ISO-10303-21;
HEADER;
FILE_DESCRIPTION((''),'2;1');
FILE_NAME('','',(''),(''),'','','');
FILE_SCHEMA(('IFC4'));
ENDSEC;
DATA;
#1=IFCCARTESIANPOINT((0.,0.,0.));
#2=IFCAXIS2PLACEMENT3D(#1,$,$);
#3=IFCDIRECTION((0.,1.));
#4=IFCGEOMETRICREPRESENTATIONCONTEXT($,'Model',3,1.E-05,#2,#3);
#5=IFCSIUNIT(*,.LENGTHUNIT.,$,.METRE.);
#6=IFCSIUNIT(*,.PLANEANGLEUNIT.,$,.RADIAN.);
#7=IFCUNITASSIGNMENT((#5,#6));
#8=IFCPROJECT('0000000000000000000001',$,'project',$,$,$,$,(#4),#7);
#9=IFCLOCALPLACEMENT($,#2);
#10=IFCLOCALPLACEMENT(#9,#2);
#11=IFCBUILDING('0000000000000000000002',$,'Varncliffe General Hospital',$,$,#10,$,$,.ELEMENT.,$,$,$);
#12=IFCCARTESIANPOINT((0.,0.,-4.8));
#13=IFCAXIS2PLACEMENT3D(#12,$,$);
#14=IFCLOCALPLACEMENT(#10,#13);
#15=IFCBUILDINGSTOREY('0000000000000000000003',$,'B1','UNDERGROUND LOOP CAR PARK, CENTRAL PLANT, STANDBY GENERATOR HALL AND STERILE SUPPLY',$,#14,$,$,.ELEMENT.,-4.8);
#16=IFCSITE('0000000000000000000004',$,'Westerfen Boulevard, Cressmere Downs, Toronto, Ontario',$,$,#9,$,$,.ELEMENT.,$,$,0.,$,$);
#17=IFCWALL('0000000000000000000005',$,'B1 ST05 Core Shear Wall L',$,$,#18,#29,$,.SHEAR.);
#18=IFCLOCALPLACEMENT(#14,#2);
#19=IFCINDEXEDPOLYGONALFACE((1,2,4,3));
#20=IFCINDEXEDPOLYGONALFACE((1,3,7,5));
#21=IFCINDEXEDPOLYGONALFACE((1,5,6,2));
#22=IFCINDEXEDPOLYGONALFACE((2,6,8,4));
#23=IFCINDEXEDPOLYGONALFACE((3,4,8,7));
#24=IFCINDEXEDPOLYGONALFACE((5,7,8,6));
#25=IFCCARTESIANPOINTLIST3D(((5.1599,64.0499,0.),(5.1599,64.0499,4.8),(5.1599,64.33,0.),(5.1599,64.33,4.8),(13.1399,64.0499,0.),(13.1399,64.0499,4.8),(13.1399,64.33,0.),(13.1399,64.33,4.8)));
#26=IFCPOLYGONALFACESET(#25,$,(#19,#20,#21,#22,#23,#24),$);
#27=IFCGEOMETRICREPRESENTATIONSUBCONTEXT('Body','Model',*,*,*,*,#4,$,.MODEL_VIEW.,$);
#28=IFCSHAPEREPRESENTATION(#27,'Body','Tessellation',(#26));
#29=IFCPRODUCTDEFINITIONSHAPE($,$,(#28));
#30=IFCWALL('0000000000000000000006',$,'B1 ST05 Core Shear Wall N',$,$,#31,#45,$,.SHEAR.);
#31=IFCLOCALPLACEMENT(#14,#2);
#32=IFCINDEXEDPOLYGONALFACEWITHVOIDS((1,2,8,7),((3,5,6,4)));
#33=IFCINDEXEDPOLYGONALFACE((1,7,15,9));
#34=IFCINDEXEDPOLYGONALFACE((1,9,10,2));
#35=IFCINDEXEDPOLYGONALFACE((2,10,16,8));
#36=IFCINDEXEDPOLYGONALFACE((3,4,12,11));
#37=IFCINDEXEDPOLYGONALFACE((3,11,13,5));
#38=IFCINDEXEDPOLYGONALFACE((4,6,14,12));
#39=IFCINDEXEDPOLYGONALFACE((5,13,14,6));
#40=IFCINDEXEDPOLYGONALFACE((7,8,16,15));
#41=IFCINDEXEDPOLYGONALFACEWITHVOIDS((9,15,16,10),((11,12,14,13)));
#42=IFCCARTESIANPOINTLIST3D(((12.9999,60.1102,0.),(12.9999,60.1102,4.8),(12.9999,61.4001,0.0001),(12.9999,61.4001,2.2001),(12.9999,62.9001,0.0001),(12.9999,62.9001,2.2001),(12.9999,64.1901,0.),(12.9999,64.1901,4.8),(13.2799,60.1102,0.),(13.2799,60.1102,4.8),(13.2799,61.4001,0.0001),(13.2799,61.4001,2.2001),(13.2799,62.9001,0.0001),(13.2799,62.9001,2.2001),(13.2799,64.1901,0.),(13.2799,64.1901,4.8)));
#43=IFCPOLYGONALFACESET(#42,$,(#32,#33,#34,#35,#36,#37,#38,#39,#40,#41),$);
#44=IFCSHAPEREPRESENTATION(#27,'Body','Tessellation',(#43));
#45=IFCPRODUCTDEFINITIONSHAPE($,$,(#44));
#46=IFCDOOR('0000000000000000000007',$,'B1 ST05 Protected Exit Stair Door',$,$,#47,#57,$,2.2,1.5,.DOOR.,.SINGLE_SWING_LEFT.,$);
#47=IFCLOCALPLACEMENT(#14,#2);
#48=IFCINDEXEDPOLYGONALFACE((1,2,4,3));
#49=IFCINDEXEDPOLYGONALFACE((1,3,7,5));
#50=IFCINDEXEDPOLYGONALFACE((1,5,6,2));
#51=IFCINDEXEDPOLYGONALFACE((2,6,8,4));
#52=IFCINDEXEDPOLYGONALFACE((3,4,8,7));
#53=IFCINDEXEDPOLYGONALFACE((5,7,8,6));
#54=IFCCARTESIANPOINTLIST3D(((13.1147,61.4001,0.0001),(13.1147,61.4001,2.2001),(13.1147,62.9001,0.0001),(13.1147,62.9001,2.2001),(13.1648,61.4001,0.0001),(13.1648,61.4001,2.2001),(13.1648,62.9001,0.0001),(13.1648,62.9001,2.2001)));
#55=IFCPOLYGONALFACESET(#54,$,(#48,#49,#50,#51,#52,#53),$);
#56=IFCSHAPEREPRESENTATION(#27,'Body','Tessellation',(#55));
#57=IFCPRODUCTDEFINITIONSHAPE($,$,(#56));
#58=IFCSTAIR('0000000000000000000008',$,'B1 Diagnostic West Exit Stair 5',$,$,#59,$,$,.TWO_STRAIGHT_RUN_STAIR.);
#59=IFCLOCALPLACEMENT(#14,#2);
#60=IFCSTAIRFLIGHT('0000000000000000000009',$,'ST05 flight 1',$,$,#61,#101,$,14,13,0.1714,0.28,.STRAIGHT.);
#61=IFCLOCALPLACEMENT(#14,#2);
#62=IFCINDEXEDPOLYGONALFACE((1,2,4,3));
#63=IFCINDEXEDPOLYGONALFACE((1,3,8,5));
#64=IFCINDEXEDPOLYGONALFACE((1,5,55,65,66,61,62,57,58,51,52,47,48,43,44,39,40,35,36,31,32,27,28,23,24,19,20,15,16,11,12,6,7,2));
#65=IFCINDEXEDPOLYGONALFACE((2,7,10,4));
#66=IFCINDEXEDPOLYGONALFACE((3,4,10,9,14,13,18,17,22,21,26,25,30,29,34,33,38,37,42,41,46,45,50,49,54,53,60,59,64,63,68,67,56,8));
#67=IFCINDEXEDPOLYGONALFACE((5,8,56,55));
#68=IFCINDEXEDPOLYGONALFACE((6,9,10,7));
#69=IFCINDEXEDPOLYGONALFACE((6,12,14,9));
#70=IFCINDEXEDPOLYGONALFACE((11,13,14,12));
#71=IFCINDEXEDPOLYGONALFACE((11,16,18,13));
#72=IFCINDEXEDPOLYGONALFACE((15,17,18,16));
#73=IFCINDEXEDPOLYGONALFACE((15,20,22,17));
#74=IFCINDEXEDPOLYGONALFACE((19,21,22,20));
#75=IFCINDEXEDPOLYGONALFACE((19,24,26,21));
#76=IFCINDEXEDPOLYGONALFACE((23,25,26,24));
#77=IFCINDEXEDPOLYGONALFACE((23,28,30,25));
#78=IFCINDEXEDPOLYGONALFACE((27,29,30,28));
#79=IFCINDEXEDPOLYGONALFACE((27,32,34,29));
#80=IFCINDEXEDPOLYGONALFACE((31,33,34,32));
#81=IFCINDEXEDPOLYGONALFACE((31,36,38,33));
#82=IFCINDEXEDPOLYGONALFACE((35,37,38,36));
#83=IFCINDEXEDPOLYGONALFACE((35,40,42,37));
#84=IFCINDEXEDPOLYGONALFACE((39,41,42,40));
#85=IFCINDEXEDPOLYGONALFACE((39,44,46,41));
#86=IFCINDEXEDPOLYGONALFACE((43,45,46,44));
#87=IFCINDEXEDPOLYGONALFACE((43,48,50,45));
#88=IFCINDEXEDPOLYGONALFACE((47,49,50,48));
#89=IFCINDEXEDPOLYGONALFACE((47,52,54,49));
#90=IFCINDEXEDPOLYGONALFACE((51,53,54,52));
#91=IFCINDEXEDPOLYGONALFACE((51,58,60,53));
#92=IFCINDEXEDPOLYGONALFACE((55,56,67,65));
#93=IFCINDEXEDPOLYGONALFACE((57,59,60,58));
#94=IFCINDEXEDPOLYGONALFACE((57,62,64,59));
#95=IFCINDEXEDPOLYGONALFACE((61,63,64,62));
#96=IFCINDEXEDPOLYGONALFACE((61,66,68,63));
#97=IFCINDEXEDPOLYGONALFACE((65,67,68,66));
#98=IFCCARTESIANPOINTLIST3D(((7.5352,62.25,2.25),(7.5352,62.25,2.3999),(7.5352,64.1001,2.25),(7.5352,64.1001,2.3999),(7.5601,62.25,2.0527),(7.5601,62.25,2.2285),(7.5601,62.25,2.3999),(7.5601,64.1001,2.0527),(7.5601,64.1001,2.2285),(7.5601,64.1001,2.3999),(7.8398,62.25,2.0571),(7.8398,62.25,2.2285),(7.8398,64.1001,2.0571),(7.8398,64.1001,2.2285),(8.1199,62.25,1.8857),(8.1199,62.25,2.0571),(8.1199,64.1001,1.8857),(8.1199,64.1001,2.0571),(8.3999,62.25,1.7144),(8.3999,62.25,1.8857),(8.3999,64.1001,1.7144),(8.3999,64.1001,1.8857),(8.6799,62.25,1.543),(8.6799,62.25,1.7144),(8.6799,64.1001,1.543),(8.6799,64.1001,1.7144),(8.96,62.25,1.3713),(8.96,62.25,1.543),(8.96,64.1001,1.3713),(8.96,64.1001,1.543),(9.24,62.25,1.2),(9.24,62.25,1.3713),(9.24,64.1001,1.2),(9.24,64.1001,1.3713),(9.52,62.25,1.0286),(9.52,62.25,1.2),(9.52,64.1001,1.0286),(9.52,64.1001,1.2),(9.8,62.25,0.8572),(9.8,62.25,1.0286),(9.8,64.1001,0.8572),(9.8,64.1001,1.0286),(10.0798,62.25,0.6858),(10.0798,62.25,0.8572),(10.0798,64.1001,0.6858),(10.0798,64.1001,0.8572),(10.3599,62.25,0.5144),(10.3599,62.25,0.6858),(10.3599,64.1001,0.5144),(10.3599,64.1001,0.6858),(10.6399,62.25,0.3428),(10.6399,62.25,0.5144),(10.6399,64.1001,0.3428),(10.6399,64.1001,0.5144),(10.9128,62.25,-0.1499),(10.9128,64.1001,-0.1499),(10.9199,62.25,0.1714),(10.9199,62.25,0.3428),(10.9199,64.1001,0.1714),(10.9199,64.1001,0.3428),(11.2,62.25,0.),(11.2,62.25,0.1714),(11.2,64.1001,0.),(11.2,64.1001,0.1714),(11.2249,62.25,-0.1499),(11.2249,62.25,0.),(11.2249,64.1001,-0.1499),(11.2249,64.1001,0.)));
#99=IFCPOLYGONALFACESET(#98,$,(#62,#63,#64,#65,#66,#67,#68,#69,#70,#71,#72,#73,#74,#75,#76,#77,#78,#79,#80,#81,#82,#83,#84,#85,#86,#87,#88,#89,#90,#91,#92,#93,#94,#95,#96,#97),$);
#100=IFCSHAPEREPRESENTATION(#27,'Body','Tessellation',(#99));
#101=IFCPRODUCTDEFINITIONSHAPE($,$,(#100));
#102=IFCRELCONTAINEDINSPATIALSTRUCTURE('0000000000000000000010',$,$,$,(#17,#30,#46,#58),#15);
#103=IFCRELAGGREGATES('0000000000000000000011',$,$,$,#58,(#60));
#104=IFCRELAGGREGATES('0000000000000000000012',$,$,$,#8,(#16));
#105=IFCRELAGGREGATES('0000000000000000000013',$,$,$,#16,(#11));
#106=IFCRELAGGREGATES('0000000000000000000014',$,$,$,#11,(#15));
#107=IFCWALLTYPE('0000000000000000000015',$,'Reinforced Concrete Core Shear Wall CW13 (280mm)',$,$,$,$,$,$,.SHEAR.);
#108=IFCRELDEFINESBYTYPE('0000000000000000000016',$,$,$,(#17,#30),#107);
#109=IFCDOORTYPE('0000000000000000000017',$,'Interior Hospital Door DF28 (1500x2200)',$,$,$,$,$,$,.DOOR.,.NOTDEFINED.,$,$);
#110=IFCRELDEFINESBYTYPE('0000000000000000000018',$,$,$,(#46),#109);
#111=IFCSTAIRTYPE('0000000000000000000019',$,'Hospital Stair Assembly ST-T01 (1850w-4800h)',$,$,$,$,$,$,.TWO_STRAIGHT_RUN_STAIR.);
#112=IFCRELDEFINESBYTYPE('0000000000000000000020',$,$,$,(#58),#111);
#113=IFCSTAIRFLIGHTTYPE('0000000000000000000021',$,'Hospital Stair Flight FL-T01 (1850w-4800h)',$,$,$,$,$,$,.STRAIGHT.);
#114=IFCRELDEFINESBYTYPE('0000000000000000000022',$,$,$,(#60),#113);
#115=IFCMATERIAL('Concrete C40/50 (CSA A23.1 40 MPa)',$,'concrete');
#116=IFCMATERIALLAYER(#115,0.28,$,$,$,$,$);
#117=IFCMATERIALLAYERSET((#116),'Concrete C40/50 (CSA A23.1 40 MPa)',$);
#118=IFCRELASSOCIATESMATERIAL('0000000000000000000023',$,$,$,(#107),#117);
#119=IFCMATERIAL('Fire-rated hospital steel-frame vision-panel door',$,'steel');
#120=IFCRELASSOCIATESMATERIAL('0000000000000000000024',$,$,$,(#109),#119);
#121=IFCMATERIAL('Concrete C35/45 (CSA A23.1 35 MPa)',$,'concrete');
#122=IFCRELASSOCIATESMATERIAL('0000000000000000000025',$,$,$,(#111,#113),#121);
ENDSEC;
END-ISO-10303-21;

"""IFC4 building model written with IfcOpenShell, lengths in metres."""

from ifc_helpers import new_model, si_unit, direction, frame, frame_2d, origin, place, context, subcontext, project, spatial, polyline, rectangle, outline, extrude, material, layer, layer_set, type_object, element, fill, aggregate, save


model = new_model("IFC4")

# Units and contexts
model_context = context("Model", 3, precision=1e-05, world=origin(), true_north=direction((0.0, 1.0)))
body_context = subcontext(model_context, "Body", "Model", "MODEL_VIEW")
ifc_project = project(units=[si_unit("LENGTHUNIT", "METRE"), si_unit("PLANEANGLEUNIT", "RADIAN")], contexts=[model_context])

# Site, building, storey
site_placement = place(None, origin())
site = spatial("IfcSite", under=ifc_project, at=site_placement, Name="Westerfen Boulevard, Cressmere Downs, Toronto, Ontario", CompositionType="ELEMENT", RefElevation=0.0)
building_placement = place(site_placement, origin())
building = spatial("IfcBuilding", under=site, at=building_placement, Name="Varncliffe General Hospital", CompositionType="ELEMENT")
storey_placement = place(building_placement, frame((0.0, 0.0, -4.8)))
storey = spatial("IfcBuildingStorey", under=building, at=storey_placement, Name="B1", Description="UNDERGROUND LOOP CAR PARK, CENTRAL PLANT, STANDBY GENERATOR HALL AND STERILE SUPPLY", CompositionType="ELEMENT", Elevation=-4.8)

# Shared definitions
ifc_material_1 = material(Name="Concrete C40/50 (CSA A23.1 40 MPa)", Category="concrete")

# Shared definitions
ifc_material_2 = material(Name="Concrete C35/45 (CSA A23.1 35 MPa)", Category="concrete")

# Wall
ifc_layer_1 = layer(ifc_material_1, 0.28)
ifc_layer_set_1 = layer_set([ifc_layer_1], Name="Concrete C40/50 (CSA A23.1 40 MPa)")
wall_type_1 = type_object("IfcWallType", Name="Reinforced Concrete Core Shear Wall CW13 (280mm)", PredefinedType="SHEAR", material=ifc_layer_set_1)
wall_1_placement = place(storey_placement, frame((13.1399, 64.1899, 0.0), z_axis=(0.0, 0.0, 1.0), x_axis=(-1.0, 0.0, 0.0)))
element("IfcWall", 1, at=wall_1_placement, inside=storey, type_object=wall_type_1, Name="B1 ST05 Core Shear Wall L", PredefinedType="SHEAR", context=body_context, shape_type="SweptSolid", body=[
    extrude(rectangle(XDim=7.98, YDim=0.28, at=frame_2d((3.99, 0.0))), origin(), (0.0, 0.0, 1.0), 4.8),
])

# Wall, opening, door
wall_2_placement = place(storey_placement, frame((13.1399, 60.1101, 0.0), z_axis=(0.0, 0.0, 1.0), x_axis=(0.0, 1.0, 0.0)))
wall_2 = element("IfcWall", 2, at=wall_2_placement, inside=storey, type_object=wall_type_1, Name="B1 ST05 Core Shear Wall N", PredefinedType="SHEAR", context=body_context, shape_type="SweptSolid", body=[
    extrude(rectangle(XDim=4.0798, YDim=0.28, at=frame_2d((2.04, 0.0))), origin(), (0.0, 0.0, 1.0), 4.8),
])
opening_1_placement = place(wall_2_placement, frame((1.29, 0.0, 0.0)))
opening_1 = element("IfcOpeningElement", 3, at=opening_1_placement, cuts=wall_2, PredefinedType="OPENING", context=body_context, shape_type="SweptSolid", body=[
    extrude(rectangle(XDim=1.5, YDim=2.2, at=frame_2d((0.75, 1.1001))), frame((0.0, 0.1499, 0.0), z_axis=(0.0, -1.0, 0.0), x_axis=(1.0, 0.0, 0.0)), (0.0, 0.0, 1.0), 0.3),
])
ifc_material_3 = material(Name="Fire-rated hospital steel-frame vision-panel door", Category="steel")
door_type_1 = type_object("IfcDoorType", Name="Interior Hospital Door DF28 (1500x2200)", OperationType="NOTDEFINED", PredefinedType="DOOR", material=ifc_material_3)
door_1_placement = place(opening_1_placement, frame((1.5, 0.0, 0.0), z_axis=(0.0, 0.0, 1.0), x_axis=(-1.0, 0.0, 0.0)))
door_1 = element("IfcDoor", 4, at=door_1_placement, inside=storey, type_object=door_type_1, Name="B1 ST05 Protected Exit Stair Door", OperationType="SINGLE_SWING_LEFT", OverallHeight=2.2, OverallWidth=1.5, PredefinedType="DOOR", context=body_context, shape_type="SweptSolid", body=[
    extrude(rectangle(XDim=1.5, YDim=2.2, at=frame_2d((0.75, 1.1001))), frame((0.0, 0.0249, 0.0), z_axis=(0.0, -1.0, 0.0), x_axis=(1.0, 0.0, 0.0)), (0.0, 0.0, 1.0), 0.05),
])
fill(opening_1, door_1)

# Stair, stair flight
stair_type = type_object("IfcStairType", Name="Hospital Stair Assembly ST-T01 (1850w-4800h)", PredefinedType="TWO_STRAIGHT_RUN_STAIR", material=ifc_material_2)
stair_placement = place(storey_placement, origin())
stair = element("IfcStair", 5, at=stair_placement, inside=storey, type_object=stair_type, Name="B1 Diagnostic West Exit Stair 5", PredefinedType="TWO_STRAIGHT_RUN_STAIR")
stair_flight_type = type_object("IfcStairFlightType", Name="Hospital Stair Flight FL-T01 (1850w-4800h)", PredefinedType="STRAIGHT", material=ifc_material_2)
stair_flight_placement = place(storey_placement, frame((11.2, 63.175, 0.0), z_axis=(0.0, 0.0, 1.0), x_axis=(-1.0, 0.0, 0.0)))
stair_flight = element("IfcStairFlight", 6, at=stair_flight_placement, type_object=stair_flight_type, Name="ST05 flight 1", NumberOfRisers=14, NumberOfTreads=13, PredefinedType="STRAIGHT", RiserHeight=0.1714, TreadLength=0.28, context=body_context, shape_type="SweptSolid", body=[
    extrude(outline(polyline([(-0.0249, -0.1499), (-0.0249, 0.0), (0.0, 0.0), (0.0, 0.1714), (0.28, 0.1714), (0.28, 0.3428), (0.5601, 0.3428), (0.5601, 0.5144), (0.8401, 0.5144), (0.8401, 0.6858), (1.1201, 0.6858), (1.1201, 0.8572), (1.3999, 0.8572), (1.3999, 1.0286), (1.6799, 1.0286), (1.6799, 1.2), (1.96, 1.2), (1.96, 1.3713), (2.24, 1.3713), (2.24, 1.543), (2.52, 1.543), (2.52, 1.7144), (2.8, 1.7144), (2.8, 1.8857), (3.0801, 1.8857), (3.0801, 2.0571), (3.3601, 2.0571), (3.3601, 2.2285), (3.6399, 2.2285), (3.6399, 2.3999), (3.6648, 2.3999), (3.6648, 2.25), (3.6399, 2.0527), (0.2871, -0.1499), (-0.0249, -0.1499)])), frame((0.0, 0.925, 0.0), z_axis=(0.0, -1.0, 0.0), x_axis=(1.0, 0.0, 0.0)), (0.0, 0.0, 1.0), 1.8501),
])
aggregate(stair, [stair_flight])

save(model, "model.ifc")
